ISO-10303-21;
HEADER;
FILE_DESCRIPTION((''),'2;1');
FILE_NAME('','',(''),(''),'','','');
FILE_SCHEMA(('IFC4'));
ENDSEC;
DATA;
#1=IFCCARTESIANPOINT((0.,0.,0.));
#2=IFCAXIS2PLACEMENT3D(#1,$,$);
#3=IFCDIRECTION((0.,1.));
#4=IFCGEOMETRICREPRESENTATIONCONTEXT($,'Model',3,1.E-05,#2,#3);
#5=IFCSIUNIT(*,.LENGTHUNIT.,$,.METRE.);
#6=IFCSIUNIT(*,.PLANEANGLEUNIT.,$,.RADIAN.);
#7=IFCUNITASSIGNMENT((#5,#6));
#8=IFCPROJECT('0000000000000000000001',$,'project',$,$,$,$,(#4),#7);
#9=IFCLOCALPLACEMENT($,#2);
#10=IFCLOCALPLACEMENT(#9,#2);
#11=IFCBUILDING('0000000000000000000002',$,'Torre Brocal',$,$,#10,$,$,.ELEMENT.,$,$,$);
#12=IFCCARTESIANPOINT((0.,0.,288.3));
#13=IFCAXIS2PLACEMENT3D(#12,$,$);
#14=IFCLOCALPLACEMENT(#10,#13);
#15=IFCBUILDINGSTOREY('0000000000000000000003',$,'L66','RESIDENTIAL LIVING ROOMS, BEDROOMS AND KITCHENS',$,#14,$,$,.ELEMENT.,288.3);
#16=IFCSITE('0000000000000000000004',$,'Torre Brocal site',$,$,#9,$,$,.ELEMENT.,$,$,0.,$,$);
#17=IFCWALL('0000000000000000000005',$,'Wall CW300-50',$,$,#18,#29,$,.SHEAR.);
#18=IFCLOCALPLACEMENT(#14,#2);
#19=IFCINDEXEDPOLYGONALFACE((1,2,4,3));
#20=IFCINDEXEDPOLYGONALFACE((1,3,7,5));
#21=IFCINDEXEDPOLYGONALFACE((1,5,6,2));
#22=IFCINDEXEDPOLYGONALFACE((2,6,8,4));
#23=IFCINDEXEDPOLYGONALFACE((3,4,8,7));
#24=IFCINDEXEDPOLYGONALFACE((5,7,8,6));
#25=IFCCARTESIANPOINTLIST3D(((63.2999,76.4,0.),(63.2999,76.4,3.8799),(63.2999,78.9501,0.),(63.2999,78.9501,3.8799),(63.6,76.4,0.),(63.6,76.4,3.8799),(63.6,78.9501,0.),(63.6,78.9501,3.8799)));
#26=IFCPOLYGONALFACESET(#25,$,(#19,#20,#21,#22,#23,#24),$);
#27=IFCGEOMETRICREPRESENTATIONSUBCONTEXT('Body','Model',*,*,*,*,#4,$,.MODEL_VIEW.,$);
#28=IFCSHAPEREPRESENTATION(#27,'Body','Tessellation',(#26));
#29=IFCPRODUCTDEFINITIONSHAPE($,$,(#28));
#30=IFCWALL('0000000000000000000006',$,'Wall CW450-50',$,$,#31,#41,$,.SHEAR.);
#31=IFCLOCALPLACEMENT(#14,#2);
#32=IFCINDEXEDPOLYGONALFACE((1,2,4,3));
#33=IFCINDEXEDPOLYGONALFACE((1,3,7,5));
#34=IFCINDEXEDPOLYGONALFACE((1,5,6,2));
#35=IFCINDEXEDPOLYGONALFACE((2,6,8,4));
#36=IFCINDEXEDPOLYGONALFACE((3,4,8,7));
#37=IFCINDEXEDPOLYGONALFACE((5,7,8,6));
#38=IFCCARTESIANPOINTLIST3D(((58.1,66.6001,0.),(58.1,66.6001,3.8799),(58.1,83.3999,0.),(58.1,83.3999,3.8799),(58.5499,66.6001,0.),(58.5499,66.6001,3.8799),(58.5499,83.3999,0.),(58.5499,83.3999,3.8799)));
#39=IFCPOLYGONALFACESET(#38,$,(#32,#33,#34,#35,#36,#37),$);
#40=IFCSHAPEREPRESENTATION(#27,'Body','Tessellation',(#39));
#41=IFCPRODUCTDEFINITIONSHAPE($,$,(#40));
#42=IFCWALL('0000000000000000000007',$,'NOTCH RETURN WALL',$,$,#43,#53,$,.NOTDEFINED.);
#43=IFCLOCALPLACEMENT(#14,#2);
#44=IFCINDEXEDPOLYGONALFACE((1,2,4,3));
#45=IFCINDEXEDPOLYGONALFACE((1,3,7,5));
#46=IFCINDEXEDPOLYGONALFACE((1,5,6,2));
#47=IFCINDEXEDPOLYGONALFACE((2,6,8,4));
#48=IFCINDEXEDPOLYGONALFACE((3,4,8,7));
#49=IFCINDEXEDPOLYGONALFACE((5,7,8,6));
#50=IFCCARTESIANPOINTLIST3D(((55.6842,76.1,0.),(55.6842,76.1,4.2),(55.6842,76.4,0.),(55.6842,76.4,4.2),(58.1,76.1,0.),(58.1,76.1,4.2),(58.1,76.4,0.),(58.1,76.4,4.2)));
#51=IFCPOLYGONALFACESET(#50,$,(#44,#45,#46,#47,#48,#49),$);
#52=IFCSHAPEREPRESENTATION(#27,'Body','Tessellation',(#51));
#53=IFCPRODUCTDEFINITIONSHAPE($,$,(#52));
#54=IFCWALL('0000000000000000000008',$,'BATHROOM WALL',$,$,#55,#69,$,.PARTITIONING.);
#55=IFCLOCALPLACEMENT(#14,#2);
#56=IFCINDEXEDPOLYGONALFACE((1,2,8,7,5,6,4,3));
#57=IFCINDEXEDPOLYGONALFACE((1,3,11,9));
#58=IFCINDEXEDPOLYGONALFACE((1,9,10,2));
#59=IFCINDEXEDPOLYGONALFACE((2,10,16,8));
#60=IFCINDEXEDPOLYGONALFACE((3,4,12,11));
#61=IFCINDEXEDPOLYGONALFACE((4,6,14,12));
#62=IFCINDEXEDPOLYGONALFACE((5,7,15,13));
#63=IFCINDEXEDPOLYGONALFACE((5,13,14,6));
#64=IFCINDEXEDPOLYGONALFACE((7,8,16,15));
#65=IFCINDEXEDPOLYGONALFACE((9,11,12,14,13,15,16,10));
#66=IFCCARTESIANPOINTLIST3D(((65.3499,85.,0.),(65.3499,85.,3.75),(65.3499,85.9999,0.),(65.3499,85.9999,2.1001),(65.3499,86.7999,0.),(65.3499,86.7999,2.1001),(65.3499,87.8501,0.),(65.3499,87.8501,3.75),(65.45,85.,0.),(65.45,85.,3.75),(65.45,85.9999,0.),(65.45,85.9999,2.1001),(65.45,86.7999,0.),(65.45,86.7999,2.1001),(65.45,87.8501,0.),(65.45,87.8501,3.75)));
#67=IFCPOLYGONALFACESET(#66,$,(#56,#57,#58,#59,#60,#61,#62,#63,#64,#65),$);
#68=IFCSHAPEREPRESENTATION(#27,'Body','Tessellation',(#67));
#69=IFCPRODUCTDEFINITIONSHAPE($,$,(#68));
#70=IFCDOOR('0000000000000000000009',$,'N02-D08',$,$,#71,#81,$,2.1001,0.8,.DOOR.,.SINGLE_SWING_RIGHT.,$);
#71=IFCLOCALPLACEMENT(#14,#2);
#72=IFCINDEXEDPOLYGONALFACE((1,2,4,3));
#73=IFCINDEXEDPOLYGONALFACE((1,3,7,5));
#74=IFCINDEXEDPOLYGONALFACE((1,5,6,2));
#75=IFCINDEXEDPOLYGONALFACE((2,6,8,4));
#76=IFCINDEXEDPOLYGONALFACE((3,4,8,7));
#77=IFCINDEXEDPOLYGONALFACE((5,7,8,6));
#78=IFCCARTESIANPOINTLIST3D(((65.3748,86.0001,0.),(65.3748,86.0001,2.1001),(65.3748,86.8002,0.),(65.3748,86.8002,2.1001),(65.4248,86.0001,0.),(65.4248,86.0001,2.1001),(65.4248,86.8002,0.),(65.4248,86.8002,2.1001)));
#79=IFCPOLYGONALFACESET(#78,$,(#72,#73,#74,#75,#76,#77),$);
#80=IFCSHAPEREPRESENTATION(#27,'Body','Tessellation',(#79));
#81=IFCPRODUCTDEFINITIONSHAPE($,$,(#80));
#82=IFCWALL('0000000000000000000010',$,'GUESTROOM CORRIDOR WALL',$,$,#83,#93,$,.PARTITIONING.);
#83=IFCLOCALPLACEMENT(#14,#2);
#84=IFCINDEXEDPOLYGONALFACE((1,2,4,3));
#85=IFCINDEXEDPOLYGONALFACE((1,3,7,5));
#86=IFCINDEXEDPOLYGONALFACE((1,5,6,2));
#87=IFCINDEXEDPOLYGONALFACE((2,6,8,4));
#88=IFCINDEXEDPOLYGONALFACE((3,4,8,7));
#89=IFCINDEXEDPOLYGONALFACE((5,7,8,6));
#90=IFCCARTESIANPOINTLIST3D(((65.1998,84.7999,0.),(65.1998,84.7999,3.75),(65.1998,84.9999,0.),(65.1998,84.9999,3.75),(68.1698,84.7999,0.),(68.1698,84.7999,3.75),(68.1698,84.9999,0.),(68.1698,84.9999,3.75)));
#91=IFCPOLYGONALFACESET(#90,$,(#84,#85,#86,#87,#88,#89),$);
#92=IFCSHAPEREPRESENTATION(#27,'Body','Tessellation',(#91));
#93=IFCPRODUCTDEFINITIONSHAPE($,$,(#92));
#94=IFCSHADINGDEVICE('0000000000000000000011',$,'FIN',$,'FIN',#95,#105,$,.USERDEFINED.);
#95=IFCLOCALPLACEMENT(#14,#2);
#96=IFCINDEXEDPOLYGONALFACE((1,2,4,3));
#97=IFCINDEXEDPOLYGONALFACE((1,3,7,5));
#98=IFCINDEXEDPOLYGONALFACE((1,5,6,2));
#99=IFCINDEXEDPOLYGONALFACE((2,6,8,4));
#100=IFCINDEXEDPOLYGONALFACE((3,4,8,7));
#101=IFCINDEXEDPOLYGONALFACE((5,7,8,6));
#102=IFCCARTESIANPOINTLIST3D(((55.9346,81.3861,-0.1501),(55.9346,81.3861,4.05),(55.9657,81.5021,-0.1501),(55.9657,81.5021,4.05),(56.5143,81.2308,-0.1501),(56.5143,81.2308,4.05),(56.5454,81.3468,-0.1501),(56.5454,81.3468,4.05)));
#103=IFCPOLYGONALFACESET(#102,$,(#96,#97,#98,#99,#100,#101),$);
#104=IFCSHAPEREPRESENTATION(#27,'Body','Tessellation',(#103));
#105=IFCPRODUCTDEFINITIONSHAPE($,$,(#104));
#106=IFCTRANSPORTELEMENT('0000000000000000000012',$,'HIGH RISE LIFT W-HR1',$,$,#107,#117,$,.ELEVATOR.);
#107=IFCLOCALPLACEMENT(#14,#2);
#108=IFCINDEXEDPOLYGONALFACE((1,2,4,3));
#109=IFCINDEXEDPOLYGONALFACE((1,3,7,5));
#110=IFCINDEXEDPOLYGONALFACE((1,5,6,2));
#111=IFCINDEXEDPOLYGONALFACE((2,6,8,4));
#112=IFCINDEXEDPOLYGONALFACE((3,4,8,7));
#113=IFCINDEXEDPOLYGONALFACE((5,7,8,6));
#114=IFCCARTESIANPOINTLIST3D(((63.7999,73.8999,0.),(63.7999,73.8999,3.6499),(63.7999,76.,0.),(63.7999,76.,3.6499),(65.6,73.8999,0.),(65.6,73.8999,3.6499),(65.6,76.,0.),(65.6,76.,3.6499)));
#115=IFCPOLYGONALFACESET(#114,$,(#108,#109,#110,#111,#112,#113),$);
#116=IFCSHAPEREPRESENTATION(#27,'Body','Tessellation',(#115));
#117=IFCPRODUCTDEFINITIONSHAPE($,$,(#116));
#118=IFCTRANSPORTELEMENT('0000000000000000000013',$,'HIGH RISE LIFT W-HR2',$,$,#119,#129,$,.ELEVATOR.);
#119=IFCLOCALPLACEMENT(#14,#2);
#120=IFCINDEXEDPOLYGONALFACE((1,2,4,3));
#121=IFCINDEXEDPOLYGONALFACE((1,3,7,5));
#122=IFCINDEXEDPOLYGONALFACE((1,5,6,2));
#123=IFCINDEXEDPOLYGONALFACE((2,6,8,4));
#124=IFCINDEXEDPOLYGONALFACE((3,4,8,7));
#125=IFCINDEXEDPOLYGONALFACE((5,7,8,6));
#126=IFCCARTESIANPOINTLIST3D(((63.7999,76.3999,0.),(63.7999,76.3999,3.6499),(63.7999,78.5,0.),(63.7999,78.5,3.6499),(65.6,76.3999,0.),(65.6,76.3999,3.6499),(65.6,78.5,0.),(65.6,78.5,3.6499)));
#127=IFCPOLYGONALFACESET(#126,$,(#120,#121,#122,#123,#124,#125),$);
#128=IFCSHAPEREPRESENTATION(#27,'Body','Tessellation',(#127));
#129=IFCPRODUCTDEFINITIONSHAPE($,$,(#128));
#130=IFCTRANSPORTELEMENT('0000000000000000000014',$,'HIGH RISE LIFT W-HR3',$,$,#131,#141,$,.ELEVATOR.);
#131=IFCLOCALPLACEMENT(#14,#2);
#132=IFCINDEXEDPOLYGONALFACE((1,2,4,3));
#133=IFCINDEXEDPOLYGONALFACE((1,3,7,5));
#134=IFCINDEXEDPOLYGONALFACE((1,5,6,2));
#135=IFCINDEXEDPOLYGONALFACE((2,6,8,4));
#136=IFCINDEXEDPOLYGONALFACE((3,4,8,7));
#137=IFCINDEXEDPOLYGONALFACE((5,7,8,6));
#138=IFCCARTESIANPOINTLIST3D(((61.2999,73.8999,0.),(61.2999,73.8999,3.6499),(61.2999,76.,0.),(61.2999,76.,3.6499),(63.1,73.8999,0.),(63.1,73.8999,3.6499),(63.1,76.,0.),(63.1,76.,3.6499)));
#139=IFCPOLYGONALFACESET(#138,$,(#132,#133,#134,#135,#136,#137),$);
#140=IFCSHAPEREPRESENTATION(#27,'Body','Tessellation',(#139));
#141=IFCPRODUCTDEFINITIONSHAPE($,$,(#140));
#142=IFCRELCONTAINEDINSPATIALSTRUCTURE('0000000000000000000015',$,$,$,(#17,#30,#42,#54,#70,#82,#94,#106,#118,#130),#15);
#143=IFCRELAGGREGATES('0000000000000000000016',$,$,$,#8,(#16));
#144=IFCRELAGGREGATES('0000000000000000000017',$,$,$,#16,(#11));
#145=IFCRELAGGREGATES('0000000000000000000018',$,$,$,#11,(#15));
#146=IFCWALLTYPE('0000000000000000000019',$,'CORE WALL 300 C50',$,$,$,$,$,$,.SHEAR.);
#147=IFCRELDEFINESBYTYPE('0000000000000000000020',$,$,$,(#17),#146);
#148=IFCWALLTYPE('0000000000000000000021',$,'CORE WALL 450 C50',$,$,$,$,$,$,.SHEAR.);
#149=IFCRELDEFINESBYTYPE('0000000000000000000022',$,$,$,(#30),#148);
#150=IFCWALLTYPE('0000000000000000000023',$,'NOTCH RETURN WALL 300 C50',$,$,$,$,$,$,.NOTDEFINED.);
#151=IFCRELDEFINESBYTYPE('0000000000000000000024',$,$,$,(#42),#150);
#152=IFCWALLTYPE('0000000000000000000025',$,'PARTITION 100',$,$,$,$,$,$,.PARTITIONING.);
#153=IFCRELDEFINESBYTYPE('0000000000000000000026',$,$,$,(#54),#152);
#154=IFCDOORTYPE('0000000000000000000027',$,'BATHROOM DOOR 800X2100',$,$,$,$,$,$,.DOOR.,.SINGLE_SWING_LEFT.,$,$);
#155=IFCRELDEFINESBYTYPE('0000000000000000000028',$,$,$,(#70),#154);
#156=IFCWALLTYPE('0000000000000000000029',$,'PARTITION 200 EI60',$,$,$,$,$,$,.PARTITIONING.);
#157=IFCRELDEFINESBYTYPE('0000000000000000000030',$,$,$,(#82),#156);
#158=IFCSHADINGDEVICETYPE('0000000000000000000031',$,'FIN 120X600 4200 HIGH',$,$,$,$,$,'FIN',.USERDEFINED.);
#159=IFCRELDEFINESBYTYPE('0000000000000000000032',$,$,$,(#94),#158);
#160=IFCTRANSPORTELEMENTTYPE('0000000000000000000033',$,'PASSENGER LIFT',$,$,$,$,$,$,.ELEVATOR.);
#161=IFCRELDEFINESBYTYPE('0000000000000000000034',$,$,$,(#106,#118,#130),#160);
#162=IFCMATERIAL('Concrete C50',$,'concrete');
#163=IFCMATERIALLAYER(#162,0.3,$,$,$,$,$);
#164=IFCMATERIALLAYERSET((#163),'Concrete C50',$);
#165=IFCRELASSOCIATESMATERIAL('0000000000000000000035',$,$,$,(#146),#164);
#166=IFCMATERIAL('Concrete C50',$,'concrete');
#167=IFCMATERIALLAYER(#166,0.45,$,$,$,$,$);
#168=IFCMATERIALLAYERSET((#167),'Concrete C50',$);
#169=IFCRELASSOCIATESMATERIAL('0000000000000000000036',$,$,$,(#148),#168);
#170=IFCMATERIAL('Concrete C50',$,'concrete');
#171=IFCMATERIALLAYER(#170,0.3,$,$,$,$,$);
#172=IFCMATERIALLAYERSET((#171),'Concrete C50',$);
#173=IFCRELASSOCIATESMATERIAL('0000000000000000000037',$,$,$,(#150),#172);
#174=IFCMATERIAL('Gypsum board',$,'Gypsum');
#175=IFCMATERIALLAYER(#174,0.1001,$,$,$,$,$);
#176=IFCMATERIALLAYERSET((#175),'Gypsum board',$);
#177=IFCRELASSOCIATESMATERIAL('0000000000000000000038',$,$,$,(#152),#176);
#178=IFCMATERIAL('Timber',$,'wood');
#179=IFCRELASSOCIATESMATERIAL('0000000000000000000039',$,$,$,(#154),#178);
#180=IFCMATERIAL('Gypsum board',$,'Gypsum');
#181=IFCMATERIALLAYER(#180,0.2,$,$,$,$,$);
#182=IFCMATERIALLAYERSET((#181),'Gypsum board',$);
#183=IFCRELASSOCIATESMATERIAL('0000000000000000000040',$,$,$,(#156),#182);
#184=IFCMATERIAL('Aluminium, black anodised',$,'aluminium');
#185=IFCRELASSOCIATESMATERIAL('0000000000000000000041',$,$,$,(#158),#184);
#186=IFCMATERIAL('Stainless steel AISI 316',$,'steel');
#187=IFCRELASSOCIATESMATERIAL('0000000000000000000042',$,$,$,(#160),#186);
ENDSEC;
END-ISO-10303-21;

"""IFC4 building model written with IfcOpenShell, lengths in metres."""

from ifc_helpers import new_model, si_unit, direction, frame, frame_2d, origin, origin_2d, place, context, subcontext, project, spatial, rectangle, extrude, material, layer, layer_set, material_profile, profile_set, type_object, element, fill, save


model = new_model("IFC4")

# Units and contexts
model_context = context("Model", 3, precision=1e-05, world=origin(), true_north=direction((0.0, 1.0)))
body_context = subcontext(model_context, "Body", "Model", "MODEL_VIEW")
ifc_project = project(units=[si_unit("LENGTHUNIT", "METRE"), si_unit("PLANEANGLEUNIT", "RADIAN")], contexts=[model_context])

# Site, building, storey
site_placement = place(None, origin())
site = spatial("IfcSite", under=ifc_project, at=site_placement, Name="Torre Brocal site", CompositionType="ELEMENT", RefElevation=0.0)
building_placement = place(site_placement, origin())
building = spatial("IfcBuilding", under=site, at=building_placement, Name="Torre Brocal", CompositionType="ELEMENT")
storey_placement = place(building_placement, frame((0.0, 0.0, 288.3)))
storey = spatial("IfcBuildingStorey", under=building, at=storey_placement, Name="L66", Description="RESIDENTIAL LIVING ROOMS, BEDROOMS AND KITCHENS", CompositionType="ELEMENT", Elevation=288.3)

# Walls
ifc_material_1 = material(Name="Concrete C50", Category="concrete")
ifc_layer_1 = layer(ifc_material_1, 0.3)
ifc_layer_set_1 = layer_set([ifc_layer_1], Name="Concrete C50")
wall_type_1 = type_object("IfcWallType", Name="CORE WALL 300 C50", PredefinedType="SHEAR", material=ifc_layer_set_1)
for number, where, z_axis, x_axis, name in (
    (1, (63.45, 78.95, 0.0), (0.0, 0.0, 1.0), (0.0, -1.0, 0.0), "Wall CW300-50"),
):
    element("IfcWall", number, at=place(storey_placement, frame(where, z_axis=z_axis, x_axis=x_axis)), inside=storey, type_object=wall_type_1, Name=name, PredefinedType="SHEAR", context=body_context, shape_type="SweptSolid", body=[
        extrude(rectangle(XDim=2.55, YDim=0.3, at=frame_2d((1.2749, 0.0))), origin(), (0.0, 0.0, 1.0), 3.8799),
    ])
ifc_material_2 = material(Name="Concrete C50", Category="concrete")
ifc_layer_2 = layer(ifc_material_2, 0.45)
ifc_layer_set_2 = layer_set([ifc_layer_2], Name="Concrete C50")
wall_type_2 = type_object("IfcWallType", Name="CORE WALL 450 C50", PredefinedType="SHEAR", material=ifc_layer_set_2)
wall_1_placement = place(storey_placement, frame((58.325, 83.3999, 0.0), z_axis=(0.0, 0.0, 1.0), x_axis=(0.0, -1.0, 0.0)))
element("IfcWall", 2, at=wall_1_placement, inside=storey, type_object=wall_type_2, Name="Wall CW450-50", PredefinedType="SHEAR", context=body_context, shape_type="SweptSolid", body=[
    extrude(rectangle(XDim=16.7998, YDim=0.45, at=frame_2d((8.3999, 0.0))), origin(), (0.0, 0.0, 1.0), 3.8799),
])
ifc_material_3 = material(Name="Concrete C50", Category="concrete")
ifc_layer_3 = layer(ifc_material_3, 0.3)
ifc_layer_set_3 = layer_set([ifc_layer_3], Name="Concrete C50")
wall_type_3 = type_object("IfcWallType", Name="NOTCH RETURN WALL 300 C50", PredefinedType="NOTDEFINED", material=ifc_layer_set_3)
wall_2_placement = place(storey_placement, frame((58.1001, 76.25, 0.0), z_axis=(0.0, 0.0, 1.0), x_axis=(-1.0, 0.0, 0.0)))
element("IfcWall", 3, at=wall_2_placement, inside=storey, type_object=wall_type_3, Name="NOTCH RETURN WALL", PredefinedType="NOTDEFINED", context=body_context, shape_type="SweptSolid", body=[
    extrude(rectangle(XDim=2.4158, YDim=0.3, at=frame_2d((1.208, 0.0))), origin(), (0.0, 0.0, 1.0), 4.2),
])

# Wall, opening, door
ifc_material_4 = material(Name="Gypsum board", Category="Gypsum")
ifc_layer_4 = layer(ifc_material_4, 0.1001)
ifc_layer_set_4 = layer_set([ifc_layer_4], Name="Gypsum board")
wall_type_4 = type_object("IfcWallType", Name="PARTITION 100", PredefinedType="PARTITIONING", material=ifc_layer_set_4)
wall_3_placement = place(storey_placement, frame((65.3999, 85.0, 0.0), z_axis=(0.0, 0.0, 1.0), x_axis=(0.0, 1.0, 0.0)))
wall_3 = element("IfcWall", 4, at=wall_3_placement, inside=storey, type_object=wall_type_4, Name="BATHROOM WALL", PredefinedType="PARTITIONING", context=body_context, shape_type="SweptSolid", body=[
    extrude(rectangle(XDim=2.8501, YDim=0.1001, at=frame_2d((1.425, 0.0))), origin(), (0.0, 0.0, 1.0), 3.75),
])
opening_placement = place(wall_3_placement, frame((1.0, 0.0, 0.0)))
opening = element("IfcOpeningElement", 5, at=opening_placement, cuts=wall_3, PredefinedType="OPENING", context=body_context, shape_type="SweptSolid", body=[
    extrude(rectangle(XDim=0.8, YDim=2.1001, at=frame_2d((0.3999, 1.05))), frame((0.0, 0.0601, 0.0), z_axis=(0.0, -1.0, 0.0), x_axis=(1.0, 0.0, 0.0)), (0.0, 0.0, 1.0), 0.1201),
])
ifc_material_5 = material(Name="Timber", Category="wood")
door_type = type_object("IfcDoorType", Name="BATHROOM DOOR 800X2100", OperationType="SINGLE_SWING_LEFT", PredefinedType="DOOR", material=ifc_material_5)
door_placement = place(opening_placement, frame((0.8, 0.0, 0.0), z_axis=(0.0, 0.0, 1.0), x_axis=(-1.0, 0.0, 0.0)))
door = element("IfcDoor", 6, at=door_placement, inside=storey, type_object=door_type, Name="N02-D08", OperationType="SINGLE_SWING_RIGHT", OverallHeight=2.1001, OverallWidth=0.8, PredefinedType="DOOR", context=body_context, shape_type="SweptSolid", body=[
    extrude(rectangle(XDim=0.8, YDim=2.1001, at=frame_2d((0.3999, 1.05))), frame((0.0, 0.0249, 0.0), z_axis=(0.0, -1.0, 0.0), x_axis=(1.0, 0.0, 0.0)), (0.0, 0.0, 1.0), 0.05),
])
fill(opening, door)

# Wall
ifc_material_6 = material(Name="Gypsum board", Category="Gypsum")
ifc_layer_5 = layer(ifc_material_6, 0.2)
ifc_layer_set_5 = layer_set([ifc_layer_5], Name="Gypsum board")
wall_type_5 = type_object("IfcWallType", Name="PARTITION 200 EI60", PredefinedType="PARTITIONING", material=ifc_layer_set_5)
wall_4_placement = place(storey_placement, frame((65.2, 84.8999, 0.0), z_axis=(0.0, 0.0, 1.0), x_axis=(1.0, 0.0, 0.0)))
element("IfcWall", 7, at=wall_4_placement, inside=storey, type_object=wall_type_5, Name="GUESTROOM CORRIDOR WALL", PredefinedType="PARTITIONING", context=body_context, shape_type="SweptSolid", body=[
    extrude(rectangle(XDim=2.97, YDim=0.2, at=frame_2d((1.4849, 0.0))), origin(), (0.0, 0.0, 1.0), 3.75),
])

# Shading device
ifc_material_7 = material(Name="Aluminium, black anodised", Category="aluminium")
ifc_material_profile_1 = material_profile(ifc_material_7, rectangle(XDim=0.1201, YDim=0.6001, at=origin_2d()), Name="FIN 120X600 4200 HIGH")
ifc_profile_set_1 = profile_set([ifc_material_profile_1], Name="Aluminium, black anodised")
shading_device_type = type_object("IfcShadingDeviceType", Name="FIN 120X600 4200 HIGH", ElementType="FIN", PredefinedType="USERDEFINED", material=ifc_profile_set_1)
shading_device_placement = place(storey_placement, frame((56.24, 81.3665, -0.1501), z_axis=(0.0, 0.0, 1.0), x_axis=(-0.258819, -0.965926, 0.0)))
element("IfcShadingDevice", 8, at=shading_device_placement, inside=storey, type_object=shading_device_type, Name="FIN", ObjectType="FIN", PredefinedType="USERDEFINED", context=body_context, shape_type="SweptSolid", body=[
    extrude(rectangle(XDim=0.1201, YDim=0.6001, at=origin_2d()), origin(), (0.0, 0.0, 1.0), 4.2002),
])

# Transport elements
ifc_material_8 = material(Name="Stainless steel AISI 316", Category="steel")
transport_element_type = type_object("IfcTransportElementType", Name="PASSENGER LIFT", PredefinedType="ELEVATOR", material=ifc_material_8)
for number, where, z_axis, x_axis, name in (
    (9, (64.7, 74.95, 0.0), (0.0, 0.0, 1.0), (1.0, 0.0, 0.0), "HIGH RISE LIFT W-HR1"),
    (10, (64.7, 77.45, 0.0), (0.0, 0.0, 1.0), (1.0, 0.0, 0.0), "HIGH RISE LIFT W-HR2"),
    (11, (62.2, 74.95, 0.0), (0.0, 0.0, 1.0), (1.0, 0.0, 0.0), "HIGH RISE LIFT W-HR3"),
):
    element("IfcTransportElement", number, at=place(storey_placement, frame(where, z_axis=z_axis, x_axis=x_axis)), inside=storey, type_object=transport_element_type, Name=name, PredefinedType="ELEVATOR", context=body_context, shape_type="SweptSolid", body=[
        extrude(rectangle(XDim=1.8, YDim=2.1001, at=origin_2d()), origin(), (0.0, 0.0, 1.0), 3.6499),
    ])

save(model, "model.ifc")
